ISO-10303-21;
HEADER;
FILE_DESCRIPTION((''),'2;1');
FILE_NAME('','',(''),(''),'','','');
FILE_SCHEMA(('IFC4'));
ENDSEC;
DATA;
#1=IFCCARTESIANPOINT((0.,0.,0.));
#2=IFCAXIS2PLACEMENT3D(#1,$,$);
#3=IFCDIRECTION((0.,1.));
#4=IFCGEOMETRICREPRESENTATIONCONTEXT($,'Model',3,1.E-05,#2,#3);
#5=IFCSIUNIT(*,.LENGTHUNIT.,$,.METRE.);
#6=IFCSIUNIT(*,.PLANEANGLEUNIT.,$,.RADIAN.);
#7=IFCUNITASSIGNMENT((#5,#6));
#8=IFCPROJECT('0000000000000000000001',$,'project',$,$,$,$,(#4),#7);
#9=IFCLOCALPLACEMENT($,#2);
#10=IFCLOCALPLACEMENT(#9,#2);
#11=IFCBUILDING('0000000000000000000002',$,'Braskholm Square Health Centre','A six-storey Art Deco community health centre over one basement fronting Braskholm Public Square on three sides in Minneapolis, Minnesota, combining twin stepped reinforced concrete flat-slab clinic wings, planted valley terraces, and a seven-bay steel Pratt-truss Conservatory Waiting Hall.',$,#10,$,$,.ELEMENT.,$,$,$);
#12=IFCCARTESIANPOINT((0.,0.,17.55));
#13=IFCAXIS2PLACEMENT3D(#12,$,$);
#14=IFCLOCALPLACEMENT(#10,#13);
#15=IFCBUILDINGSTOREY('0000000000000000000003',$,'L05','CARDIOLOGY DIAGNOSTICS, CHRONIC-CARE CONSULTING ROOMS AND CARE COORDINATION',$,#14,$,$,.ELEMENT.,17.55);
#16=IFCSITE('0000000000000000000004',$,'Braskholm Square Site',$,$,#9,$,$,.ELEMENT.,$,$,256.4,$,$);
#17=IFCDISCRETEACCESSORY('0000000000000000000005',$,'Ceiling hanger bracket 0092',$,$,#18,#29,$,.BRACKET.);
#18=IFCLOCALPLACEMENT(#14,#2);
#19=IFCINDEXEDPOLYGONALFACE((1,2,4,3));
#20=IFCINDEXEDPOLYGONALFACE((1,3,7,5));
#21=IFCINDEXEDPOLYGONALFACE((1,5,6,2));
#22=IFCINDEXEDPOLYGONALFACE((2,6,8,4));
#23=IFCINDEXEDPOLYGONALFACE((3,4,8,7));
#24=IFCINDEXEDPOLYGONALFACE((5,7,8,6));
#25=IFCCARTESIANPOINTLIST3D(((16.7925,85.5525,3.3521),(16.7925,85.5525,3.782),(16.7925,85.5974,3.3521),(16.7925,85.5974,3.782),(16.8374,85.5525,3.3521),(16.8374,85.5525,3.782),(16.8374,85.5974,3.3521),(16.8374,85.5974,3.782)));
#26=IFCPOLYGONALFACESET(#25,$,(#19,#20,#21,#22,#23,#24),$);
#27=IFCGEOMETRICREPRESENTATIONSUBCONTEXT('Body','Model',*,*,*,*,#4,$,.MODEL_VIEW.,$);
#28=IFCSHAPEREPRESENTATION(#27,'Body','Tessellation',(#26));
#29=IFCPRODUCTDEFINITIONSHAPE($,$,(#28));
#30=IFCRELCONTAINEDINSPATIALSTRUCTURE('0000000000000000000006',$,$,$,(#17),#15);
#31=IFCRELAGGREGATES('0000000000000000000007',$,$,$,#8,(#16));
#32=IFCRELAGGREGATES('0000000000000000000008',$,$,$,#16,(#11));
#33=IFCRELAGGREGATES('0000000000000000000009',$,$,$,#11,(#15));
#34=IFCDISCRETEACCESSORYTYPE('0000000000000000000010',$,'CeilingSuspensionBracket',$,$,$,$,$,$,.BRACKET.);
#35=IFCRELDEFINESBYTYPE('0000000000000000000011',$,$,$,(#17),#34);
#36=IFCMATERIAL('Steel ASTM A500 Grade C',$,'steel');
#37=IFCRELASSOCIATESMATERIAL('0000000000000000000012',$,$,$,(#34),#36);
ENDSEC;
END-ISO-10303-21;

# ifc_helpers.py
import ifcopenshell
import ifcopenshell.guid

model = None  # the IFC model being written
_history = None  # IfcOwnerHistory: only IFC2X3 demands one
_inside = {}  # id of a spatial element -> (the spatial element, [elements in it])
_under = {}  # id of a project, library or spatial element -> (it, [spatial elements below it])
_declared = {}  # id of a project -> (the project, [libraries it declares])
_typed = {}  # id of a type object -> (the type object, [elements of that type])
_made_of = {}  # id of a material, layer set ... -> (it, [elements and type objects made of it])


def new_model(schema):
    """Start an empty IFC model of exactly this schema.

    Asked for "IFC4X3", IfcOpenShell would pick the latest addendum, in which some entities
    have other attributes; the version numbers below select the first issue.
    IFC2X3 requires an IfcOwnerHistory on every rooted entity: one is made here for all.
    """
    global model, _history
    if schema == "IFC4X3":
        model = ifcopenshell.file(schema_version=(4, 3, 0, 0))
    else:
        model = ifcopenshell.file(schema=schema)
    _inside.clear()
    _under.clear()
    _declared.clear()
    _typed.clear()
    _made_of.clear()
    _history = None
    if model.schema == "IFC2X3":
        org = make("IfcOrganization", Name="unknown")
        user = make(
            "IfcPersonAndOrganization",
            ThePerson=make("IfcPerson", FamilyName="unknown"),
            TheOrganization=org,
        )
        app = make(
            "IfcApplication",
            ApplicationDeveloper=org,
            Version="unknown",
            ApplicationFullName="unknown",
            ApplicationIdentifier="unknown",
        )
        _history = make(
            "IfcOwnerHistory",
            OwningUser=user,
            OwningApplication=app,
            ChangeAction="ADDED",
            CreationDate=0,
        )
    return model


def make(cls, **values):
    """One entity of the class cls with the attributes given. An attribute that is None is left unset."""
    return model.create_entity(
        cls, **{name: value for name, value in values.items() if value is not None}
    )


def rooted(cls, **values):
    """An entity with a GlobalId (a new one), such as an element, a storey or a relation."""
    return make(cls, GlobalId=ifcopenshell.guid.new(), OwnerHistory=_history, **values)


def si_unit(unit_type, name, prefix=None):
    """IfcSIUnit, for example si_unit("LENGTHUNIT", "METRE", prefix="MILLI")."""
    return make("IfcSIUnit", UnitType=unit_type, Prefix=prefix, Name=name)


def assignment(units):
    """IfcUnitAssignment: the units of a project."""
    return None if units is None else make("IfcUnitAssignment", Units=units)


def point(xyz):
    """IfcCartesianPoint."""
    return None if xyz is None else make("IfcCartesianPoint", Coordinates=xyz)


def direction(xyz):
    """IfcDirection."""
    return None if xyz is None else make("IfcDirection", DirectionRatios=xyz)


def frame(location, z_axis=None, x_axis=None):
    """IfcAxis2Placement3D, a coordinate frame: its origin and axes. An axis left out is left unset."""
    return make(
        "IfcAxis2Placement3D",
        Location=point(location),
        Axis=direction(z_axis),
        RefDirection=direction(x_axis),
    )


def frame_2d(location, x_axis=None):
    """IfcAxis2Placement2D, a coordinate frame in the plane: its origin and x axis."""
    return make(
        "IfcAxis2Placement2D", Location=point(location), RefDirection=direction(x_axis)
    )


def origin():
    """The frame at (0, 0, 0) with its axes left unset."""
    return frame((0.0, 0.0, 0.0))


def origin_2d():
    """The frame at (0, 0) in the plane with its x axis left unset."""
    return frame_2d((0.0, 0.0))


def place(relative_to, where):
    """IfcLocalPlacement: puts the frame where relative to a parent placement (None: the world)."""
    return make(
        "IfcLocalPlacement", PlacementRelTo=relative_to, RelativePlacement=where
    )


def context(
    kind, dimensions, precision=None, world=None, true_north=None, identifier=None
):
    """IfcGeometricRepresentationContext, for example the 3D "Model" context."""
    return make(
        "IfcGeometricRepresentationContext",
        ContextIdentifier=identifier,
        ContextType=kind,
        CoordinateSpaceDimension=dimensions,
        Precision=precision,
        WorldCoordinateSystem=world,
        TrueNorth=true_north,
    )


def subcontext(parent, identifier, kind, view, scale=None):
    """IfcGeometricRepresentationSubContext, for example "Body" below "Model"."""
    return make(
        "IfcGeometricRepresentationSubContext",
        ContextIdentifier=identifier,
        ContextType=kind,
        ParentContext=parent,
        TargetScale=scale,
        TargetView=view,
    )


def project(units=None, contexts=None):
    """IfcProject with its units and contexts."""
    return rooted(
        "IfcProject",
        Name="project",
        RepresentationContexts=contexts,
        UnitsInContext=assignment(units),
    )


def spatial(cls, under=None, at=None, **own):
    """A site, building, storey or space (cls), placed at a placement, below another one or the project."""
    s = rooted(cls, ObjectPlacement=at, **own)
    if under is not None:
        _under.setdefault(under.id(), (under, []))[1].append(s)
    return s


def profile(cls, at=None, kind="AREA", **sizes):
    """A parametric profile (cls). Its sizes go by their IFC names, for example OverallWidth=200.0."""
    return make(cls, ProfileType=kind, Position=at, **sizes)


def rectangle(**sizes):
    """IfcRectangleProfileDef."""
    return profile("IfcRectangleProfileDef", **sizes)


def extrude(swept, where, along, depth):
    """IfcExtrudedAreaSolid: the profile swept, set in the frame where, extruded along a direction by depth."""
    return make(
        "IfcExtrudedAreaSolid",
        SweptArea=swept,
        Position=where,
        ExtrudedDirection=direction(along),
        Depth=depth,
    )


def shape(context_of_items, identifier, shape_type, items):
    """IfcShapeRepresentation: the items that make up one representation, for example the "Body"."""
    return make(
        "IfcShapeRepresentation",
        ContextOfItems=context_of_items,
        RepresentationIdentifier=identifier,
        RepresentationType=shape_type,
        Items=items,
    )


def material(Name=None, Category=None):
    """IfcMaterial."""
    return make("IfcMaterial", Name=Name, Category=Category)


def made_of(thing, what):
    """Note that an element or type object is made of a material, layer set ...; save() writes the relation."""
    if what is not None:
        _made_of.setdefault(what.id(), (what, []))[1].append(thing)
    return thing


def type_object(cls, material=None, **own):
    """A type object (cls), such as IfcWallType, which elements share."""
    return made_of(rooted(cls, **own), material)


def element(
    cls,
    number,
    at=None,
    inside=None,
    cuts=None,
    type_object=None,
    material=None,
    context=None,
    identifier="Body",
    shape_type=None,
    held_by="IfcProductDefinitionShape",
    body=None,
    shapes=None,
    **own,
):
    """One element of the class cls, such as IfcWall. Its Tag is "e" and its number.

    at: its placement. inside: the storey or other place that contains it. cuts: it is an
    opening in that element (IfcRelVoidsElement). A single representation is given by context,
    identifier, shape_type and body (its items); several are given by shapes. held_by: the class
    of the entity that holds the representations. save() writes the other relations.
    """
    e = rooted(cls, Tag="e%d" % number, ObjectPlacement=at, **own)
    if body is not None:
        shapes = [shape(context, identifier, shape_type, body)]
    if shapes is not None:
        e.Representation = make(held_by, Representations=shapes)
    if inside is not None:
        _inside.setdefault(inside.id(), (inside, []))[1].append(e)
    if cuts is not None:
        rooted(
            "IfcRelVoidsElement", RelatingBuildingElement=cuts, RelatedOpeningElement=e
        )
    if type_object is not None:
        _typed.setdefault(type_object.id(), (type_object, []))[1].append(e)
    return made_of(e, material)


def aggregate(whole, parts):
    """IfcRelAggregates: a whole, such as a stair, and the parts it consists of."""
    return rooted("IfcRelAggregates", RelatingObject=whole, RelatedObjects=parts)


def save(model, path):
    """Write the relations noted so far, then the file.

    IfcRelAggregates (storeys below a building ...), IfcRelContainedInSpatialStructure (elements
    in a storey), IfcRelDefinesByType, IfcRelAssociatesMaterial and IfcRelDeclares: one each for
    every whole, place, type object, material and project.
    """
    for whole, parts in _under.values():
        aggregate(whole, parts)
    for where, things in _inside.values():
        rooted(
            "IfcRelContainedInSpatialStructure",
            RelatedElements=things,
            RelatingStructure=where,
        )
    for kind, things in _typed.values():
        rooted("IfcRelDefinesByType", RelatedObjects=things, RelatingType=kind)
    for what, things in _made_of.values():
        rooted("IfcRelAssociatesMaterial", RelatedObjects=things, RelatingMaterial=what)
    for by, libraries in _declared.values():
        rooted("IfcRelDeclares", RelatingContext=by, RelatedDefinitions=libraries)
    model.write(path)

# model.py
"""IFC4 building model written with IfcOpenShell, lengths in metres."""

from ifc_helpers import new_model, si_unit, direction, frame, origin, origin_2d, place, context, subcontext, project, spatial, rectangle, extrude, material, type_object, element, save


model = new_model("IFC4")

# Units and contexts
model_context = context("Model", 3, precision=1e-05, world=origin(), true_north=direction((0.0, 1.0)))
body_context = subcontext(model_context, "Body", "Model", "MODEL_VIEW")
ifc_project = project(units=[si_unit("LENGTHUNIT", "METRE"), si_unit("PLANEANGLEUNIT", "RADIAN")], contexts=[model_context])

# Site, building, storey
site_placement = place(None, origin())
site = spatial("IfcSite", under=ifc_project, at=site_placement, Name="Braskholm Square Site", CompositionType="ELEMENT", RefElevation=256.4)
building_placement = place(site_placement, origin())
building = spatial("IfcBuilding", under=site, at=building_placement, Name="Braskholm Square Health Centre", Description="A six-storey Art Deco community health centre over one basement fronting Braskholm Public Square on three sides in Minneapolis, Minnesota, combining twin stepped reinforced concrete flat-slab clinic wings, planted valley terraces, and a seven-bay steel Pratt-truss Conservatory Waiting Hall.", CompositionType="ELEMENT")
storey_placement = place(building_placement, frame((0.0, 0.0, 17.55)))
storey = spatial("IfcBuildingStorey", under=building, at=storey_placement, Name="L05", Description="CARDIOLOGY DIAGNOSTICS, CHRONIC-CARE CONSULTING ROOMS AND CARE COORDINATION", CompositionType="ELEMENT", Elevation=17.55)

# Discrete accessory
ifc_material_1 = material(Name="Steel ASTM A500 Grade C", Category="steel")
discrete_accessory_type = type_object("IfcDiscreteAccessoryType", Name="CeilingSuspensionBracket", PredefinedType="BRACKET", material=ifc_material_1)
discrete_accessory_placement = place(storey_placement, frame((16.8149, 85.575, 3.3521), z_axis=(0.0, 0.0, 1.0), x_axis=(1.0, 0.0, 0.0)))
element("IfcDiscreteAccessory", 1, at=discrete_accessory_placement, inside=storey, type_object=discrete_accessory_type, Name="Ceiling hanger bracket 0092", PredefinedType="BRACKET", context=body_context, shape_type="SweptSolid", body=[
    extrude(rectangle(XDim=0.0449, YDim=0.0449, at=origin_2d()), origin(), (0.0, 0.0, 1.0), 0.4299),
])

save(model, "model.ifc")
